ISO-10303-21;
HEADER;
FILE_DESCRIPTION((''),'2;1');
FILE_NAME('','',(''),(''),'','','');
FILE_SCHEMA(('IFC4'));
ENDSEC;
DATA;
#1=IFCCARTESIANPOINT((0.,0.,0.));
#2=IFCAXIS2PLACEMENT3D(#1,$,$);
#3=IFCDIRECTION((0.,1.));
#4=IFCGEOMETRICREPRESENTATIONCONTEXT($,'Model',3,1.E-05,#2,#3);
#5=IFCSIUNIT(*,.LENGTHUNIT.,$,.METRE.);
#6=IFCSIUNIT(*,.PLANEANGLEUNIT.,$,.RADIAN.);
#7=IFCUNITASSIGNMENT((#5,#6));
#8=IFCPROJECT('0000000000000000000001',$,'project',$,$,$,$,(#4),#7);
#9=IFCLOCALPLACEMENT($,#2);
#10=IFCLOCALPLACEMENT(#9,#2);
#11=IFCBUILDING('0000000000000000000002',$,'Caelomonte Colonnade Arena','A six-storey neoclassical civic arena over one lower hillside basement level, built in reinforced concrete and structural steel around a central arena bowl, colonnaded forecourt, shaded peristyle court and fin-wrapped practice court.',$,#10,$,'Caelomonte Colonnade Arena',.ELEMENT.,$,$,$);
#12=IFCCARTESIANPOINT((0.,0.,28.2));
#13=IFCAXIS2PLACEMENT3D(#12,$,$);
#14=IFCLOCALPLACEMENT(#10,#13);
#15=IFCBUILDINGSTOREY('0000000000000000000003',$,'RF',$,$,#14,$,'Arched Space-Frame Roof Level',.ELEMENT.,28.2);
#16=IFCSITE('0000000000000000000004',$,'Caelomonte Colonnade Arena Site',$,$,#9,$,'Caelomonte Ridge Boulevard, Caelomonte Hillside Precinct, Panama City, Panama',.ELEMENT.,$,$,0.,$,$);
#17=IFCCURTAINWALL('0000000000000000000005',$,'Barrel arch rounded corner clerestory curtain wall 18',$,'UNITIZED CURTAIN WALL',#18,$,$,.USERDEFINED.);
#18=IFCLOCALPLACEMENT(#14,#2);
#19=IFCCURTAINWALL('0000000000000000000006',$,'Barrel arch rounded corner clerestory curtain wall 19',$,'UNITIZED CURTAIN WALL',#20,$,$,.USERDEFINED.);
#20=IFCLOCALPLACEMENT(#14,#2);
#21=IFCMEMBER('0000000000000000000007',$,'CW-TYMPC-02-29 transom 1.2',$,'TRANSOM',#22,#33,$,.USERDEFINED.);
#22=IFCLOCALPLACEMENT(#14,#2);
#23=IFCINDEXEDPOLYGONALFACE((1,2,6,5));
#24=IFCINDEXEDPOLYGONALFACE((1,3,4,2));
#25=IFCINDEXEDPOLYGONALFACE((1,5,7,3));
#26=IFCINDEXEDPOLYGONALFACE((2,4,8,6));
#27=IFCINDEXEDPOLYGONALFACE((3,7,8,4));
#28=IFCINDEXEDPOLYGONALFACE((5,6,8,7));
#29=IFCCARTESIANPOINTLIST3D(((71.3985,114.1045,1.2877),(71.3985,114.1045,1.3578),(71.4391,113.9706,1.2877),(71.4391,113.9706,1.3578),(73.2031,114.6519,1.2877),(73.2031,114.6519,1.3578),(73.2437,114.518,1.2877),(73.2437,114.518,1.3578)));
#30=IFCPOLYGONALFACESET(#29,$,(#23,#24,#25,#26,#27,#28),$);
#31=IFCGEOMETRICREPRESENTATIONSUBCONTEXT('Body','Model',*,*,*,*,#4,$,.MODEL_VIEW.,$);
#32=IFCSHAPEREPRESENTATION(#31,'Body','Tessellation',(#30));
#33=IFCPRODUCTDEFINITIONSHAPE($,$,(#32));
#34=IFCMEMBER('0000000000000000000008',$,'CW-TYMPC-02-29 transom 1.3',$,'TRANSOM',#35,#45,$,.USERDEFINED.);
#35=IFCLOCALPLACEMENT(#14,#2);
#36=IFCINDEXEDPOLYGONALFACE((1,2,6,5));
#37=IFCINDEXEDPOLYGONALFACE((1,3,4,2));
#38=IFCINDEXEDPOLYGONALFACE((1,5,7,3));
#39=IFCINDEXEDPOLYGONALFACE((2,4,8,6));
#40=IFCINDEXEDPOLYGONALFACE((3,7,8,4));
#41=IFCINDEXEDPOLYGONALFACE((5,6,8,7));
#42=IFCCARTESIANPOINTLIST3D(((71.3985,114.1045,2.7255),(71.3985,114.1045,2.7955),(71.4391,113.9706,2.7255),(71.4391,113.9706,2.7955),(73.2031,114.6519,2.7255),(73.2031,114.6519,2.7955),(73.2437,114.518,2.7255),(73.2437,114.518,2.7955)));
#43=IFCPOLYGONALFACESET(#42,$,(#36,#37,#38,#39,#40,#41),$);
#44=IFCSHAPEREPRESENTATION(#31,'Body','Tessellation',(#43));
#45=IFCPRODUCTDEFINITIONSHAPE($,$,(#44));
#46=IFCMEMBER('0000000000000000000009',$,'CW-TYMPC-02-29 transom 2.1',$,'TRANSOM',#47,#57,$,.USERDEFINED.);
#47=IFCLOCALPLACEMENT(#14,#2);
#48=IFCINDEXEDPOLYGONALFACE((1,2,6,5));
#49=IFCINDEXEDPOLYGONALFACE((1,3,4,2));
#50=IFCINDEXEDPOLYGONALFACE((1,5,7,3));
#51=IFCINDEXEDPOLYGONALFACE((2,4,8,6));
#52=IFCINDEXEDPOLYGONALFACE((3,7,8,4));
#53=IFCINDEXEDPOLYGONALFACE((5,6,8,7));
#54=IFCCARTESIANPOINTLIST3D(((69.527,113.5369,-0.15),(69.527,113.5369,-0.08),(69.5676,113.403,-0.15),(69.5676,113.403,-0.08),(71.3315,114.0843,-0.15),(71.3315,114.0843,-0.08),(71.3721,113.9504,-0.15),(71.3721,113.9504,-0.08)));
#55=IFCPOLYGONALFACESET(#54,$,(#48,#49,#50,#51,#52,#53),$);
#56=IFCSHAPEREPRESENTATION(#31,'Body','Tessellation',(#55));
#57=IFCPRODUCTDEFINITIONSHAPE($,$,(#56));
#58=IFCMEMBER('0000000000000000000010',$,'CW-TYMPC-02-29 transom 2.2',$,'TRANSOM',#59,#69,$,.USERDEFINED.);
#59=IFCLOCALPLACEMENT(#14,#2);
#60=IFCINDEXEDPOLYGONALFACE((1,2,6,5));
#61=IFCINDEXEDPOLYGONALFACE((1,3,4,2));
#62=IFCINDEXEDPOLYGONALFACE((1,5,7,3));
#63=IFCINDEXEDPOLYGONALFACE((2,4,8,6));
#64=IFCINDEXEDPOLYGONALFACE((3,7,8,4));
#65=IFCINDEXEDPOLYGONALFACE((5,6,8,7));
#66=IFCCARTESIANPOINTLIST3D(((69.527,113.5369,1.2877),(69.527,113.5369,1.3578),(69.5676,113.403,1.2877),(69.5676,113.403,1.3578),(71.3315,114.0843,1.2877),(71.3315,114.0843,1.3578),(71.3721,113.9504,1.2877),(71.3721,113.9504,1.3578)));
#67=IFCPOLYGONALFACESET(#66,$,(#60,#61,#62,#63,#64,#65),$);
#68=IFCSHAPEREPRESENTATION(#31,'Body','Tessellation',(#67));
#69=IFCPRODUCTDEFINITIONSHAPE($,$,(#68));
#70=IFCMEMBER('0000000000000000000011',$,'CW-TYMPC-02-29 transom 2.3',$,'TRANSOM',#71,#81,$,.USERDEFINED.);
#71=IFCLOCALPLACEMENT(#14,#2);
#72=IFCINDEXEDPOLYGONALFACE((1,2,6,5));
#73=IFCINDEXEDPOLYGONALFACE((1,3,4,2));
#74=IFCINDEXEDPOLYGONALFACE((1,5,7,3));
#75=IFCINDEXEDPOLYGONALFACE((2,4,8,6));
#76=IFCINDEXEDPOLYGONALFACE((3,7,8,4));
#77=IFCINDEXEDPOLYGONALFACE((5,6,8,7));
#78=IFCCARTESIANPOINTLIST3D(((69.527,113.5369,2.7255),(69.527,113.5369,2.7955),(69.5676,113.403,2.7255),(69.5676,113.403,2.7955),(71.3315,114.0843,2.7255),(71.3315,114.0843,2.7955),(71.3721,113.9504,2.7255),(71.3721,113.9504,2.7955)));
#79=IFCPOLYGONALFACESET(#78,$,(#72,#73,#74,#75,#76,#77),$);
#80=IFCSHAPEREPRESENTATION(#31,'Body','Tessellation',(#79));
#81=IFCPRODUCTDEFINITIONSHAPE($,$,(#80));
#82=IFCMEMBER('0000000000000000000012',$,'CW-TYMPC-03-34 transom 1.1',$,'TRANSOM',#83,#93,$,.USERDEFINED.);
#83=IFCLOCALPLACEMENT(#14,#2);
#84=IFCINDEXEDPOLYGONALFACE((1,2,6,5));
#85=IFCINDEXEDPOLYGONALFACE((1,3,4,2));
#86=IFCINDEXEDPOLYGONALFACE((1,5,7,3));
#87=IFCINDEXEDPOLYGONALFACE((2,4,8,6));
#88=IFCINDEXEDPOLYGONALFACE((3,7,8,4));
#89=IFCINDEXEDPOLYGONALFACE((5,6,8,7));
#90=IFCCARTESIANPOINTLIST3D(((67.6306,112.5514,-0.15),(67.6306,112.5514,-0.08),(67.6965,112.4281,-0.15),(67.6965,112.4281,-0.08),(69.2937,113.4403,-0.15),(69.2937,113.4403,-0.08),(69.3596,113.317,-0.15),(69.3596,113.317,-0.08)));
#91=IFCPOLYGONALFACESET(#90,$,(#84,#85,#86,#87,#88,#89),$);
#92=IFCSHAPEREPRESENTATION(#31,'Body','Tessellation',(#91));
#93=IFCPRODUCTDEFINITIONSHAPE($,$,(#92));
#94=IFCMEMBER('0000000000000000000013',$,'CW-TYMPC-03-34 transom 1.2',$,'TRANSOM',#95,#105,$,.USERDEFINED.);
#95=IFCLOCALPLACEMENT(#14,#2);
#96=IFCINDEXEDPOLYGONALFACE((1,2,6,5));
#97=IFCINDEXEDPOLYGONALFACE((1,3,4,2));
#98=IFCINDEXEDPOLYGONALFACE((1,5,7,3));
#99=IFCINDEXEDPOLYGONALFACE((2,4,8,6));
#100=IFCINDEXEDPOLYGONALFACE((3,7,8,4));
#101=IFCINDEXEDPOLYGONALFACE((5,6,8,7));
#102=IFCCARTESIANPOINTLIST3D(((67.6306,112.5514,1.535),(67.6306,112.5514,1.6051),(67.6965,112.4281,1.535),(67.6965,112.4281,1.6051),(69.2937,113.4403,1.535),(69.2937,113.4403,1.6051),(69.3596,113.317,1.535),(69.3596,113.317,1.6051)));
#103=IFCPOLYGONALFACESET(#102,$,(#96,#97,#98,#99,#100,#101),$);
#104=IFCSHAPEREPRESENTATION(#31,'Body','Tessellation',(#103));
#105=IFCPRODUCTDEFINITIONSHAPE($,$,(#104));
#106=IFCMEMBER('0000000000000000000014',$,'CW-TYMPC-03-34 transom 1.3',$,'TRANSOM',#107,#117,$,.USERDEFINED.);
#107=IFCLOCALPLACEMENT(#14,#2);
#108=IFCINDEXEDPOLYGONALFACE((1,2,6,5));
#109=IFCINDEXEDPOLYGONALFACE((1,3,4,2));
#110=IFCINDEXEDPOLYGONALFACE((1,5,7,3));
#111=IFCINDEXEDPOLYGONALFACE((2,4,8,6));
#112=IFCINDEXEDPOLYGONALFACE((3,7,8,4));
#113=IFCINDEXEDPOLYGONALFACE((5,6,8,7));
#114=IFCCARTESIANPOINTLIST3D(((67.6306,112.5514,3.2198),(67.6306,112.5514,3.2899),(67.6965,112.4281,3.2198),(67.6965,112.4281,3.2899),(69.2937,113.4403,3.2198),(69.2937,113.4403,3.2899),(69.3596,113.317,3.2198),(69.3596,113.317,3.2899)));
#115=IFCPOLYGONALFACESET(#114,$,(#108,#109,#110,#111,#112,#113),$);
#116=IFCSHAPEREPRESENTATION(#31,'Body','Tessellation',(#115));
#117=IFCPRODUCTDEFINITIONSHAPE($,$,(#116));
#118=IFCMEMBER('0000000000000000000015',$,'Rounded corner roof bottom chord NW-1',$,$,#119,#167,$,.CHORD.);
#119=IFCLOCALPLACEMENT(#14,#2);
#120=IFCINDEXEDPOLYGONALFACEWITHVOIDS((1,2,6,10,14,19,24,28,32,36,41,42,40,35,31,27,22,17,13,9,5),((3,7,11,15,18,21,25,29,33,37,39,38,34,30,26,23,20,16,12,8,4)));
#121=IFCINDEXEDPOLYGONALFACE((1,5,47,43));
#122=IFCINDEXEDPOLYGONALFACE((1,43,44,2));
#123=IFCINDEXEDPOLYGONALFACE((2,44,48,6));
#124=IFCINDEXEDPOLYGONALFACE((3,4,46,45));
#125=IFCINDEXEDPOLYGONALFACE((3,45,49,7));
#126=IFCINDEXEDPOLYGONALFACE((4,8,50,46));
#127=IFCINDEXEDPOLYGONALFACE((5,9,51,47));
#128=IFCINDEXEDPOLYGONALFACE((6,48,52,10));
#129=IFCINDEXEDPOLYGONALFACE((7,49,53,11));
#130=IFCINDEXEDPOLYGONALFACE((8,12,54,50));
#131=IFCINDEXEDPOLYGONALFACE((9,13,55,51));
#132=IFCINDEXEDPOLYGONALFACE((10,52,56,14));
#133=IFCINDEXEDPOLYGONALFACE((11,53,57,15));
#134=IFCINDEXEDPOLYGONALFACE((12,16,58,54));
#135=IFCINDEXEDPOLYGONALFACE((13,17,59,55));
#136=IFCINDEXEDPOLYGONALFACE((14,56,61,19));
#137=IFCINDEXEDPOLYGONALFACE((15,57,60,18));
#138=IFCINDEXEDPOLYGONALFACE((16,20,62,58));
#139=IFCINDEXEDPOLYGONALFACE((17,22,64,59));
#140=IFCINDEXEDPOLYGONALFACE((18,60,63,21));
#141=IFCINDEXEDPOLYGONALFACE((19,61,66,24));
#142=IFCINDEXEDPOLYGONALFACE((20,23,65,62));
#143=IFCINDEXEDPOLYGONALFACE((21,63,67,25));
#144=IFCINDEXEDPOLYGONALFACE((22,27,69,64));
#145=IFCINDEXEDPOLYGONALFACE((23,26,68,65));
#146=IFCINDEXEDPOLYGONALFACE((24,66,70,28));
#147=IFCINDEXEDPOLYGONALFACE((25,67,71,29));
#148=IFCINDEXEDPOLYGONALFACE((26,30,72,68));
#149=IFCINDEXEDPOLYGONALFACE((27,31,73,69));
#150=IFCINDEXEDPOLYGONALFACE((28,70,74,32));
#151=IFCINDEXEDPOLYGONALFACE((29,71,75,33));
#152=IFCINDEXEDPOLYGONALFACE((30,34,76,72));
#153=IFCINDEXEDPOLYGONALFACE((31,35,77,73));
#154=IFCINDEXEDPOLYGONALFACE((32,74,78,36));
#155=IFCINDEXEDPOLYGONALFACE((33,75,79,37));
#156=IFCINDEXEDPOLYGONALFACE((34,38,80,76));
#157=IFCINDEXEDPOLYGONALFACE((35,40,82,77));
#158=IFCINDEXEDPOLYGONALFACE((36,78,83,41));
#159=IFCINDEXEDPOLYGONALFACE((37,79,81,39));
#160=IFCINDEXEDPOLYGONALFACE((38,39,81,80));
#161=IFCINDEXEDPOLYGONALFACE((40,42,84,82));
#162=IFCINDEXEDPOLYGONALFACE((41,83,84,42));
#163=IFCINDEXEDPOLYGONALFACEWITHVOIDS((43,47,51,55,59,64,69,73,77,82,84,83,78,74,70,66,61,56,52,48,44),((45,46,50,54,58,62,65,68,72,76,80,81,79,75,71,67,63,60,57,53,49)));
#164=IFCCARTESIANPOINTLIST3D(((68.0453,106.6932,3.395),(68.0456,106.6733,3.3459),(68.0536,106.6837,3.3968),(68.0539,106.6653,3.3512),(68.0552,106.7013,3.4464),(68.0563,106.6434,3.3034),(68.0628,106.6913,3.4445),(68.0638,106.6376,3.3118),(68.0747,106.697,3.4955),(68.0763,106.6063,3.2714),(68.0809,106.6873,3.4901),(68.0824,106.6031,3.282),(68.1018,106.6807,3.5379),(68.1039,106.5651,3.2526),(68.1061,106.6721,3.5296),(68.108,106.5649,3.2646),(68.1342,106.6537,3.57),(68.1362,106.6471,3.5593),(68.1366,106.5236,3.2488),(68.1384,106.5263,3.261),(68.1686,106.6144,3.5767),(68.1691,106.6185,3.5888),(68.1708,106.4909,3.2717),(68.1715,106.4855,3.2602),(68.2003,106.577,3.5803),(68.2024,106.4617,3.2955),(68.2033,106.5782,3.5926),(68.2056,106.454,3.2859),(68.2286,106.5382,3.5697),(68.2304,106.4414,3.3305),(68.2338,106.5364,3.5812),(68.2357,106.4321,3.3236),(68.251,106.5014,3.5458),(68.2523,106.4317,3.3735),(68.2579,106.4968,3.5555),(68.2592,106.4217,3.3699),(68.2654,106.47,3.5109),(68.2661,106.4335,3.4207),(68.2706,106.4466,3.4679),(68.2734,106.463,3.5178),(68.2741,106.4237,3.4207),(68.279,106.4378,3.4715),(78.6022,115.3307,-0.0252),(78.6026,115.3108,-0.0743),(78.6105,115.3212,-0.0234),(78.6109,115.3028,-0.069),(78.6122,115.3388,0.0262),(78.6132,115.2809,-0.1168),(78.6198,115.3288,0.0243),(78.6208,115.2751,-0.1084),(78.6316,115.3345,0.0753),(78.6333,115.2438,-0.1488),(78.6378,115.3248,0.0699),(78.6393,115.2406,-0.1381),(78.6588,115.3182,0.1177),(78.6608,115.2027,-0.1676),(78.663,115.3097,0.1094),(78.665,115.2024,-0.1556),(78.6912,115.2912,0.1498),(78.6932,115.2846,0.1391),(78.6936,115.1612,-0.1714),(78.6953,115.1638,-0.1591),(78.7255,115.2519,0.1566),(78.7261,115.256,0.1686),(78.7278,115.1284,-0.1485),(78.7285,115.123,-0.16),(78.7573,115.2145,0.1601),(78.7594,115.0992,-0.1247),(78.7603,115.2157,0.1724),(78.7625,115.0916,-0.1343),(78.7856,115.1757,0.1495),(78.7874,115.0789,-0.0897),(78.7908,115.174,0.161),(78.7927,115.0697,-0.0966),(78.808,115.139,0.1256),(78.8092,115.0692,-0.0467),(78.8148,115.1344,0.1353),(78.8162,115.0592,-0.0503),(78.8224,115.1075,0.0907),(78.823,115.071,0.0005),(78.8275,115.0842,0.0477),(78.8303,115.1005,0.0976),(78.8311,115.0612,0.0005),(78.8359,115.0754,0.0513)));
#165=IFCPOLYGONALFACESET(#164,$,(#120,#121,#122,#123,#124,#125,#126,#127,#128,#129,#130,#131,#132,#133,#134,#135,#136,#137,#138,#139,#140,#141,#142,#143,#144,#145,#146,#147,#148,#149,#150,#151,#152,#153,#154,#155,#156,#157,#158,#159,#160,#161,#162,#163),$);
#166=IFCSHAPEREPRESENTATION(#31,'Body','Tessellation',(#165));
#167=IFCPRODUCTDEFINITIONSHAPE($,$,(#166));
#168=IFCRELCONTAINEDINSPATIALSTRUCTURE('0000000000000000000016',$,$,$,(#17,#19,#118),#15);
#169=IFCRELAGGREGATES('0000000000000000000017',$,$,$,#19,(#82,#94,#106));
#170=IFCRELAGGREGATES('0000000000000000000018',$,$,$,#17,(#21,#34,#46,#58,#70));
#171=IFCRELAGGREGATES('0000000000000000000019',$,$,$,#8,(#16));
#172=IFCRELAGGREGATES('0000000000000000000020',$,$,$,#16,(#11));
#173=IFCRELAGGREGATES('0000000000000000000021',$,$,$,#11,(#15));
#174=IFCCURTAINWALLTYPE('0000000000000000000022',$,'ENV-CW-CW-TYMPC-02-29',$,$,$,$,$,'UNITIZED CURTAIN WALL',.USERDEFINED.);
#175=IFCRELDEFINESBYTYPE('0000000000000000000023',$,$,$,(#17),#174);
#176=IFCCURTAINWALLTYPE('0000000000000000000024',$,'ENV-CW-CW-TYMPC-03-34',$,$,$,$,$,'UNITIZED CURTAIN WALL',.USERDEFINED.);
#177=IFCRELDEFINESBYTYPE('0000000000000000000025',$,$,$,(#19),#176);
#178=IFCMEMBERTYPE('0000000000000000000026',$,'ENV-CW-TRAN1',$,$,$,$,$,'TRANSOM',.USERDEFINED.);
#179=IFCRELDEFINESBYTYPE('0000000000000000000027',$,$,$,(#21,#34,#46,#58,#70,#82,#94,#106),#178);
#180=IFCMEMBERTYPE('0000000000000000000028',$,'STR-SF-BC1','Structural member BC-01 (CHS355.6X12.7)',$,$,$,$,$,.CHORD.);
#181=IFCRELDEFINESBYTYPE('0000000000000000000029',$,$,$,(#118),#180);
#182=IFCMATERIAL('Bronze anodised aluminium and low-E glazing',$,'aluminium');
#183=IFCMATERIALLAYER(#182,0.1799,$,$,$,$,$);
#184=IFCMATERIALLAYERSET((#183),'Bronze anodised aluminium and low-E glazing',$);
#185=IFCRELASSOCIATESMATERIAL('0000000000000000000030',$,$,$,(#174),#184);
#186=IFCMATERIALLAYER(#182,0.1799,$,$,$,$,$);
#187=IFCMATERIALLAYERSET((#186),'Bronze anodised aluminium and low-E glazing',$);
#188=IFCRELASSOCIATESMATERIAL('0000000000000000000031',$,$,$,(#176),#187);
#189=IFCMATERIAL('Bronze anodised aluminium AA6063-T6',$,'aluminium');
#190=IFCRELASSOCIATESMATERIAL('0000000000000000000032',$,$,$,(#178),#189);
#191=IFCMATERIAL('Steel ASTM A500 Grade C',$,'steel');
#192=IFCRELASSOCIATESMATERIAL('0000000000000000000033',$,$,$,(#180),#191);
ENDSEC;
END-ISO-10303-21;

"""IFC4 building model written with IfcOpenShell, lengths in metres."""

from ifc_helpers import new_model, si_unit, direction, frame, origin, origin_2d, place, context, subcontext, project, spatial, rectangle, hollow_circle, extrude, material, layer, layer_set, material_profile, profile_set, type_object, element, aggregate, save


model = new_model("IFC4")

# Units and contexts
model_context = context("Model", 3, precision=1e-05, world=origin(), true_north=direction((0.0, 1.0)))
body_context = subcontext(model_context, "Body", "Model", "MODEL_VIEW")
ifc_project = project(units=[si_unit("LENGTHUNIT", "METRE"), si_unit("PLANEANGLEUNIT", "RADIAN")], contexts=[model_context])

# Site, building, storey
site_placement = place(None, origin())
site = spatial("IfcSite", under=ifc_project, at=site_placement, Name="Caelomonte Colonnade Arena Site", LongName="Caelomonte Ridge Boulevard, Caelomonte Hillside Precinct, Panama City, Panama", CompositionType="ELEMENT", RefElevation=0.0)
building_placement = place(site_placement, origin())
building = spatial("IfcBuilding", under=site, at=building_placement, Name="Caelomonte Colonnade Arena", Description="A six-storey neoclassical civic arena over one lower hillside basement level, built in reinforced concrete and structural steel around a central arena bowl, colonnaded forecourt, shaded peristyle court and fin-wrapped practice court.", LongName="Caelomonte Colonnade Arena", CompositionType="ELEMENT")
storey_placement = place(building_placement, frame((0.0, 0.0, 28.2)))
storey = spatial("IfcBuildingStorey", under=building, at=storey_placement, Name="RF", LongName="Arched Space-Frame Roof Level", CompositionType="ELEMENT", Elevation=28.2)

# Curtain wall
ifc_material_1 = material(Name="Bronze anodised aluminium and low-E glazing", Category="aluminium")
ifc_material_2 = material(Name="Bronze anodised aluminium AA6063-T6", Category="aluminium")
ifc_layer_1 = layer(ifc_material_1, 0.1799)
ifc_layer_set_1 = layer_set([ifc_layer_1], Name="Bronze anodised aluminium and low-E glazing")
curtain_wall_type_1 = type_object("IfcCurtainWallType", Name="ENV-CW-CW-TYMPC-02-29", ElementType="UNITIZED CURTAIN WALL", PredefinedType="USERDEFINED", material=ifc_layer_set_1)
curtain_wall_1_placement = place(storey_placement, origin())
curtain_wall_1 = element("IfcCurtainWall", 1, at=curtain_wall_1_placement, inside=storey, type_object=curtain_wall_type_1, Name="Barrel arch rounded corner clerestory curtain wall 18", ObjectType="UNITIZED CURTAIN WALL", PredefinedType="USERDEFINED")

# Curtain wall
ifc_layer_2 = layer(ifc_material_1, 0.1799)
ifc_layer_set_2 = layer_set([ifc_layer_2], Name="Bronze anodised aluminium and low-E glazing")
curtain_wall_type_2 = type_object("IfcCurtainWallType", Name="ENV-CW-CW-TYMPC-03-34", ElementType="UNITIZED CURTAIN WALL", PredefinedType="USERDEFINED", material=ifc_layer_set_2)
curtain_wall_2_placement = place(storey_placement, origin())
curtain_wall_2 = element("IfcCurtainWall", 2, at=curtain_wall_2_placement, inside=storey, type_object=curtain_wall_type_2, Name="Barrel arch rounded corner clerestory curtain wall 19", ObjectType="UNITIZED CURTAIN WALL", PredefinedType="USERDEFINED")

# Members
ifc_material_profile_1 = material_profile(ifc_material_2, rectangle(XDim=0.0701, YDim=0.1399, at=origin_2d()), Name="CWT-70X140")
ifc_profile_set_1 = profile_set([ifc_material_profile_1], Name="Bronze anodised aluminium AA6063-T6")
member_type_1 = type_object("IfcMemberType", Name="ENV-CW-TRAN1", ElementType="TRANSOM", PredefinedType="USERDEFINED", material=ifc_profile_set_1)
member_1_placement = place(storey_placement, frame((73.2234, 114.585, 1.3228), z_axis=(-0.956942, -0.29028, 0.0), x_axis=(0.0, 0.0, 1.0)))
member_1 = element("IfcMember", 3, at=member_1_placement, type_object=member_type_1, Name="CW-TYMPC-02-29 transom 1.2", ObjectType="TRANSOM", PredefinedType="USERDEFINED", context=body_context, shape_type="SweptSolid", body=[
    extrude(rectangle(XDim=0.0701, YDim=0.1399, at=origin_2d()), origin(), (0.0, 0.0, 1.0), 1.8857),
])
member_2_placement = place(storey_placement, frame((73.2234, 114.585, 2.7605), z_axis=(-0.956942, -0.29028, 0.0), x_axis=(0.0, 0.0, 1.0)))
member_2 = element("IfcMember", 4, at=member_2_placement, type_object=member_type_1, Name="CW-TYMPC-02-29 transom 1.3", ObjectType="TRANSOM", PredefinedType="USERDEFINED", context=body_context, shape_type="SweptSolid", body=[
    extrude(rectangle(XDim=0.0701, YDim=0.1399, at=origin_2d()), origin(), (0.0, 0.0, 1.0), 1.8857),
])
member_3_placement = place(storey_placement, frame((71.3518, 114.0173, -0.115), z_axis=(-0.956942, -0.29028, 0.0), x_axis=(0.0, 0.0, 1.0)))
member_3 = element("IfcMember", 5, at=member_3_placement, type_object=member_type_1, Name="CW-TYMPC-02-29 transom 2.1", ObjectType="TRANSOM", PredefinedType="USERDEFINED", context=body_context, shape_type="SweptSolid", body=[
    extrude(rectangle(XDim=0.0701, YDim=0.1399, at=origin_2d()), origin(), (0.0, 0.0, 1.0), 1.8857),
])
member_4_placement = place(storey_placement, frame((71.3518, 114.0173, 1.3228), z_axis=(-0.956942, -0.29028, 0.0), x_axis=(0.0, 0.0, 1.0)))
member_4 = element("IfcMember", 6, at=member_4_placement, type_object=member_type_1, Name="CW-TYMPC-02-29 transom 2.2", ObjectType="TRANSOM", PredefinedType="USERDEFINED", context=body_context, shape_type="SweptSolid", body=[
    extrude(rectangle(XDim=0.0701, YDim=0.1399, at=origin_2d()), origin(), (0.0, 0.0, 1.0), 1.8857),
])
member_5_placement = place(storey_placement, frame((71.3518, 114.0173, 2.7605), z_axis=(-0.956942, -0.29028, 0.0), x_axis=(0.0, 0.0, 1.0)))
member_5 = element("IfcMember", 7, at=member_5_placement, type_object=member_type_1, Name="CW-TYMPC-02-29 transom 2.3", ObjectType="TRANSOM", PredefinedType="USERDEFINED", context=body_context, shape_type="SweptSolid", body=[
    extrude(rectangle(XDim=0.0701, YDim=0.1399, at=origin_2d()), origin(), (0.0, 0.0, 1.0), 1.8857),
])
member_6_placement = place(storey_placement, frame((69.3267, 113.3787, -0.115), z_axis=(-0.881926, -0.471388, 0.0), x_axis=(0.0, 0.0, 1.0)))
member_6 = element("IfcMember", 8, at=member_6_placement, type_object=member_type_1, Name="CW-TYMPC-03-34 transom 1.1", ObjectType="TRANSOM", PredefinedType="USERDEFINED", context=body_context, shape_type="SweptSolid", body=[
    extrude(rectangle(XDim=0.0701, YDim=0.1399, at=origin_2d()), origin(), (0.0, 0.0, 1.0), 1.8857),
])
member_7_placement = place(storey_placement, frame((69.3267, 113.3787, 1.5701), z_axis=(-0.881926, -0.471388, 0.0), x_axis=(0.0, 0.0, 1.0)))
member_7 = element("IfcMember", 9, at=member_7_placement, type_object=member_type_1, Name="CW-TYMPC-03-34 transom 1.2", ObjectType="TRANSOM", PredefinedType="USERDEFINED", context=body_context, shape_type="SweptSolid", body=[
    extrude(rectangle(XDim=0.0701, YDim=0.1399, at=origin_2d()), origin(), (0.0, 0.0, 1.0), 1.8857),
])
member_8_placement = place(storey_placement, frame((69.3267, 113.3787, 3.2549), z_axis=(-0.881926, -0.471388, 0.0), x_axis=(0.0, 0.0, 1.0)))
member_8 = element("IfcMember", 10, at=member_8_placement, type_object=member_type_1, Name="CW-TYMPC-03-34 transom 1.3", ObjectType="TRANSOM", PredefinedType="USERDEFINED", context=body_context, shape_type="SweptSolid", body=[
    extrude(rectangle(XDim=0.0701, YDim=0.1399, at=origin_2d()), origin(), (0.0, 0.0, 1.0), 1.8857),
])
aggregate(curtain_wall_2, [member_6, member_7, member_8])

# Member
ifc_material_3 = material(Name="Steel ASTM A500 Grade C", Category="steel")
ifc_material_profile_2 = material_profile(ifc_material_3, hollow_circle(Radius=0.1777, WallThickness=0.0127, at=origin_2d()), Name="CHS355.6X12.7")
ifc_profile_set_2 = profile_set([ifc_material_profile_2], Name="Steel ASTM A500 Grade C")
member_type_2 = type_object("IfcMemberType", Name="STR-SF-BC1", Description="Structural member BC-01 (CHS355.6X12.7)", PredefinedType="CHORD", material=ifc_profile_set_2)
member_9_placement = place(storey_placement, frame((78.7185, 115.1987, 0.0005), z_axis=(-0.750717, -0.614223, 0.243214), x_axis=(0.633238, -0.773957, 0.0)))
element("IfcMember", 11, at=member_9_placement, inside=storey, type_object=member_type_2, Name="Rounded corner roof bottom chord NW-1", PredefinedType="CHORD", context=body_context, shape_type="SweptSolid", body=[
    extrude(hollow_circle(Radius=0.1777, WallThickness=0.0127, at=origin_2d()), origin(), (0.0, 0.0, 1.0), 14.0625),
])

aggregate(curtain_wall_1, [member_1, member_2, member_3, member_4, member_5])

save(model, "model.ifc")
